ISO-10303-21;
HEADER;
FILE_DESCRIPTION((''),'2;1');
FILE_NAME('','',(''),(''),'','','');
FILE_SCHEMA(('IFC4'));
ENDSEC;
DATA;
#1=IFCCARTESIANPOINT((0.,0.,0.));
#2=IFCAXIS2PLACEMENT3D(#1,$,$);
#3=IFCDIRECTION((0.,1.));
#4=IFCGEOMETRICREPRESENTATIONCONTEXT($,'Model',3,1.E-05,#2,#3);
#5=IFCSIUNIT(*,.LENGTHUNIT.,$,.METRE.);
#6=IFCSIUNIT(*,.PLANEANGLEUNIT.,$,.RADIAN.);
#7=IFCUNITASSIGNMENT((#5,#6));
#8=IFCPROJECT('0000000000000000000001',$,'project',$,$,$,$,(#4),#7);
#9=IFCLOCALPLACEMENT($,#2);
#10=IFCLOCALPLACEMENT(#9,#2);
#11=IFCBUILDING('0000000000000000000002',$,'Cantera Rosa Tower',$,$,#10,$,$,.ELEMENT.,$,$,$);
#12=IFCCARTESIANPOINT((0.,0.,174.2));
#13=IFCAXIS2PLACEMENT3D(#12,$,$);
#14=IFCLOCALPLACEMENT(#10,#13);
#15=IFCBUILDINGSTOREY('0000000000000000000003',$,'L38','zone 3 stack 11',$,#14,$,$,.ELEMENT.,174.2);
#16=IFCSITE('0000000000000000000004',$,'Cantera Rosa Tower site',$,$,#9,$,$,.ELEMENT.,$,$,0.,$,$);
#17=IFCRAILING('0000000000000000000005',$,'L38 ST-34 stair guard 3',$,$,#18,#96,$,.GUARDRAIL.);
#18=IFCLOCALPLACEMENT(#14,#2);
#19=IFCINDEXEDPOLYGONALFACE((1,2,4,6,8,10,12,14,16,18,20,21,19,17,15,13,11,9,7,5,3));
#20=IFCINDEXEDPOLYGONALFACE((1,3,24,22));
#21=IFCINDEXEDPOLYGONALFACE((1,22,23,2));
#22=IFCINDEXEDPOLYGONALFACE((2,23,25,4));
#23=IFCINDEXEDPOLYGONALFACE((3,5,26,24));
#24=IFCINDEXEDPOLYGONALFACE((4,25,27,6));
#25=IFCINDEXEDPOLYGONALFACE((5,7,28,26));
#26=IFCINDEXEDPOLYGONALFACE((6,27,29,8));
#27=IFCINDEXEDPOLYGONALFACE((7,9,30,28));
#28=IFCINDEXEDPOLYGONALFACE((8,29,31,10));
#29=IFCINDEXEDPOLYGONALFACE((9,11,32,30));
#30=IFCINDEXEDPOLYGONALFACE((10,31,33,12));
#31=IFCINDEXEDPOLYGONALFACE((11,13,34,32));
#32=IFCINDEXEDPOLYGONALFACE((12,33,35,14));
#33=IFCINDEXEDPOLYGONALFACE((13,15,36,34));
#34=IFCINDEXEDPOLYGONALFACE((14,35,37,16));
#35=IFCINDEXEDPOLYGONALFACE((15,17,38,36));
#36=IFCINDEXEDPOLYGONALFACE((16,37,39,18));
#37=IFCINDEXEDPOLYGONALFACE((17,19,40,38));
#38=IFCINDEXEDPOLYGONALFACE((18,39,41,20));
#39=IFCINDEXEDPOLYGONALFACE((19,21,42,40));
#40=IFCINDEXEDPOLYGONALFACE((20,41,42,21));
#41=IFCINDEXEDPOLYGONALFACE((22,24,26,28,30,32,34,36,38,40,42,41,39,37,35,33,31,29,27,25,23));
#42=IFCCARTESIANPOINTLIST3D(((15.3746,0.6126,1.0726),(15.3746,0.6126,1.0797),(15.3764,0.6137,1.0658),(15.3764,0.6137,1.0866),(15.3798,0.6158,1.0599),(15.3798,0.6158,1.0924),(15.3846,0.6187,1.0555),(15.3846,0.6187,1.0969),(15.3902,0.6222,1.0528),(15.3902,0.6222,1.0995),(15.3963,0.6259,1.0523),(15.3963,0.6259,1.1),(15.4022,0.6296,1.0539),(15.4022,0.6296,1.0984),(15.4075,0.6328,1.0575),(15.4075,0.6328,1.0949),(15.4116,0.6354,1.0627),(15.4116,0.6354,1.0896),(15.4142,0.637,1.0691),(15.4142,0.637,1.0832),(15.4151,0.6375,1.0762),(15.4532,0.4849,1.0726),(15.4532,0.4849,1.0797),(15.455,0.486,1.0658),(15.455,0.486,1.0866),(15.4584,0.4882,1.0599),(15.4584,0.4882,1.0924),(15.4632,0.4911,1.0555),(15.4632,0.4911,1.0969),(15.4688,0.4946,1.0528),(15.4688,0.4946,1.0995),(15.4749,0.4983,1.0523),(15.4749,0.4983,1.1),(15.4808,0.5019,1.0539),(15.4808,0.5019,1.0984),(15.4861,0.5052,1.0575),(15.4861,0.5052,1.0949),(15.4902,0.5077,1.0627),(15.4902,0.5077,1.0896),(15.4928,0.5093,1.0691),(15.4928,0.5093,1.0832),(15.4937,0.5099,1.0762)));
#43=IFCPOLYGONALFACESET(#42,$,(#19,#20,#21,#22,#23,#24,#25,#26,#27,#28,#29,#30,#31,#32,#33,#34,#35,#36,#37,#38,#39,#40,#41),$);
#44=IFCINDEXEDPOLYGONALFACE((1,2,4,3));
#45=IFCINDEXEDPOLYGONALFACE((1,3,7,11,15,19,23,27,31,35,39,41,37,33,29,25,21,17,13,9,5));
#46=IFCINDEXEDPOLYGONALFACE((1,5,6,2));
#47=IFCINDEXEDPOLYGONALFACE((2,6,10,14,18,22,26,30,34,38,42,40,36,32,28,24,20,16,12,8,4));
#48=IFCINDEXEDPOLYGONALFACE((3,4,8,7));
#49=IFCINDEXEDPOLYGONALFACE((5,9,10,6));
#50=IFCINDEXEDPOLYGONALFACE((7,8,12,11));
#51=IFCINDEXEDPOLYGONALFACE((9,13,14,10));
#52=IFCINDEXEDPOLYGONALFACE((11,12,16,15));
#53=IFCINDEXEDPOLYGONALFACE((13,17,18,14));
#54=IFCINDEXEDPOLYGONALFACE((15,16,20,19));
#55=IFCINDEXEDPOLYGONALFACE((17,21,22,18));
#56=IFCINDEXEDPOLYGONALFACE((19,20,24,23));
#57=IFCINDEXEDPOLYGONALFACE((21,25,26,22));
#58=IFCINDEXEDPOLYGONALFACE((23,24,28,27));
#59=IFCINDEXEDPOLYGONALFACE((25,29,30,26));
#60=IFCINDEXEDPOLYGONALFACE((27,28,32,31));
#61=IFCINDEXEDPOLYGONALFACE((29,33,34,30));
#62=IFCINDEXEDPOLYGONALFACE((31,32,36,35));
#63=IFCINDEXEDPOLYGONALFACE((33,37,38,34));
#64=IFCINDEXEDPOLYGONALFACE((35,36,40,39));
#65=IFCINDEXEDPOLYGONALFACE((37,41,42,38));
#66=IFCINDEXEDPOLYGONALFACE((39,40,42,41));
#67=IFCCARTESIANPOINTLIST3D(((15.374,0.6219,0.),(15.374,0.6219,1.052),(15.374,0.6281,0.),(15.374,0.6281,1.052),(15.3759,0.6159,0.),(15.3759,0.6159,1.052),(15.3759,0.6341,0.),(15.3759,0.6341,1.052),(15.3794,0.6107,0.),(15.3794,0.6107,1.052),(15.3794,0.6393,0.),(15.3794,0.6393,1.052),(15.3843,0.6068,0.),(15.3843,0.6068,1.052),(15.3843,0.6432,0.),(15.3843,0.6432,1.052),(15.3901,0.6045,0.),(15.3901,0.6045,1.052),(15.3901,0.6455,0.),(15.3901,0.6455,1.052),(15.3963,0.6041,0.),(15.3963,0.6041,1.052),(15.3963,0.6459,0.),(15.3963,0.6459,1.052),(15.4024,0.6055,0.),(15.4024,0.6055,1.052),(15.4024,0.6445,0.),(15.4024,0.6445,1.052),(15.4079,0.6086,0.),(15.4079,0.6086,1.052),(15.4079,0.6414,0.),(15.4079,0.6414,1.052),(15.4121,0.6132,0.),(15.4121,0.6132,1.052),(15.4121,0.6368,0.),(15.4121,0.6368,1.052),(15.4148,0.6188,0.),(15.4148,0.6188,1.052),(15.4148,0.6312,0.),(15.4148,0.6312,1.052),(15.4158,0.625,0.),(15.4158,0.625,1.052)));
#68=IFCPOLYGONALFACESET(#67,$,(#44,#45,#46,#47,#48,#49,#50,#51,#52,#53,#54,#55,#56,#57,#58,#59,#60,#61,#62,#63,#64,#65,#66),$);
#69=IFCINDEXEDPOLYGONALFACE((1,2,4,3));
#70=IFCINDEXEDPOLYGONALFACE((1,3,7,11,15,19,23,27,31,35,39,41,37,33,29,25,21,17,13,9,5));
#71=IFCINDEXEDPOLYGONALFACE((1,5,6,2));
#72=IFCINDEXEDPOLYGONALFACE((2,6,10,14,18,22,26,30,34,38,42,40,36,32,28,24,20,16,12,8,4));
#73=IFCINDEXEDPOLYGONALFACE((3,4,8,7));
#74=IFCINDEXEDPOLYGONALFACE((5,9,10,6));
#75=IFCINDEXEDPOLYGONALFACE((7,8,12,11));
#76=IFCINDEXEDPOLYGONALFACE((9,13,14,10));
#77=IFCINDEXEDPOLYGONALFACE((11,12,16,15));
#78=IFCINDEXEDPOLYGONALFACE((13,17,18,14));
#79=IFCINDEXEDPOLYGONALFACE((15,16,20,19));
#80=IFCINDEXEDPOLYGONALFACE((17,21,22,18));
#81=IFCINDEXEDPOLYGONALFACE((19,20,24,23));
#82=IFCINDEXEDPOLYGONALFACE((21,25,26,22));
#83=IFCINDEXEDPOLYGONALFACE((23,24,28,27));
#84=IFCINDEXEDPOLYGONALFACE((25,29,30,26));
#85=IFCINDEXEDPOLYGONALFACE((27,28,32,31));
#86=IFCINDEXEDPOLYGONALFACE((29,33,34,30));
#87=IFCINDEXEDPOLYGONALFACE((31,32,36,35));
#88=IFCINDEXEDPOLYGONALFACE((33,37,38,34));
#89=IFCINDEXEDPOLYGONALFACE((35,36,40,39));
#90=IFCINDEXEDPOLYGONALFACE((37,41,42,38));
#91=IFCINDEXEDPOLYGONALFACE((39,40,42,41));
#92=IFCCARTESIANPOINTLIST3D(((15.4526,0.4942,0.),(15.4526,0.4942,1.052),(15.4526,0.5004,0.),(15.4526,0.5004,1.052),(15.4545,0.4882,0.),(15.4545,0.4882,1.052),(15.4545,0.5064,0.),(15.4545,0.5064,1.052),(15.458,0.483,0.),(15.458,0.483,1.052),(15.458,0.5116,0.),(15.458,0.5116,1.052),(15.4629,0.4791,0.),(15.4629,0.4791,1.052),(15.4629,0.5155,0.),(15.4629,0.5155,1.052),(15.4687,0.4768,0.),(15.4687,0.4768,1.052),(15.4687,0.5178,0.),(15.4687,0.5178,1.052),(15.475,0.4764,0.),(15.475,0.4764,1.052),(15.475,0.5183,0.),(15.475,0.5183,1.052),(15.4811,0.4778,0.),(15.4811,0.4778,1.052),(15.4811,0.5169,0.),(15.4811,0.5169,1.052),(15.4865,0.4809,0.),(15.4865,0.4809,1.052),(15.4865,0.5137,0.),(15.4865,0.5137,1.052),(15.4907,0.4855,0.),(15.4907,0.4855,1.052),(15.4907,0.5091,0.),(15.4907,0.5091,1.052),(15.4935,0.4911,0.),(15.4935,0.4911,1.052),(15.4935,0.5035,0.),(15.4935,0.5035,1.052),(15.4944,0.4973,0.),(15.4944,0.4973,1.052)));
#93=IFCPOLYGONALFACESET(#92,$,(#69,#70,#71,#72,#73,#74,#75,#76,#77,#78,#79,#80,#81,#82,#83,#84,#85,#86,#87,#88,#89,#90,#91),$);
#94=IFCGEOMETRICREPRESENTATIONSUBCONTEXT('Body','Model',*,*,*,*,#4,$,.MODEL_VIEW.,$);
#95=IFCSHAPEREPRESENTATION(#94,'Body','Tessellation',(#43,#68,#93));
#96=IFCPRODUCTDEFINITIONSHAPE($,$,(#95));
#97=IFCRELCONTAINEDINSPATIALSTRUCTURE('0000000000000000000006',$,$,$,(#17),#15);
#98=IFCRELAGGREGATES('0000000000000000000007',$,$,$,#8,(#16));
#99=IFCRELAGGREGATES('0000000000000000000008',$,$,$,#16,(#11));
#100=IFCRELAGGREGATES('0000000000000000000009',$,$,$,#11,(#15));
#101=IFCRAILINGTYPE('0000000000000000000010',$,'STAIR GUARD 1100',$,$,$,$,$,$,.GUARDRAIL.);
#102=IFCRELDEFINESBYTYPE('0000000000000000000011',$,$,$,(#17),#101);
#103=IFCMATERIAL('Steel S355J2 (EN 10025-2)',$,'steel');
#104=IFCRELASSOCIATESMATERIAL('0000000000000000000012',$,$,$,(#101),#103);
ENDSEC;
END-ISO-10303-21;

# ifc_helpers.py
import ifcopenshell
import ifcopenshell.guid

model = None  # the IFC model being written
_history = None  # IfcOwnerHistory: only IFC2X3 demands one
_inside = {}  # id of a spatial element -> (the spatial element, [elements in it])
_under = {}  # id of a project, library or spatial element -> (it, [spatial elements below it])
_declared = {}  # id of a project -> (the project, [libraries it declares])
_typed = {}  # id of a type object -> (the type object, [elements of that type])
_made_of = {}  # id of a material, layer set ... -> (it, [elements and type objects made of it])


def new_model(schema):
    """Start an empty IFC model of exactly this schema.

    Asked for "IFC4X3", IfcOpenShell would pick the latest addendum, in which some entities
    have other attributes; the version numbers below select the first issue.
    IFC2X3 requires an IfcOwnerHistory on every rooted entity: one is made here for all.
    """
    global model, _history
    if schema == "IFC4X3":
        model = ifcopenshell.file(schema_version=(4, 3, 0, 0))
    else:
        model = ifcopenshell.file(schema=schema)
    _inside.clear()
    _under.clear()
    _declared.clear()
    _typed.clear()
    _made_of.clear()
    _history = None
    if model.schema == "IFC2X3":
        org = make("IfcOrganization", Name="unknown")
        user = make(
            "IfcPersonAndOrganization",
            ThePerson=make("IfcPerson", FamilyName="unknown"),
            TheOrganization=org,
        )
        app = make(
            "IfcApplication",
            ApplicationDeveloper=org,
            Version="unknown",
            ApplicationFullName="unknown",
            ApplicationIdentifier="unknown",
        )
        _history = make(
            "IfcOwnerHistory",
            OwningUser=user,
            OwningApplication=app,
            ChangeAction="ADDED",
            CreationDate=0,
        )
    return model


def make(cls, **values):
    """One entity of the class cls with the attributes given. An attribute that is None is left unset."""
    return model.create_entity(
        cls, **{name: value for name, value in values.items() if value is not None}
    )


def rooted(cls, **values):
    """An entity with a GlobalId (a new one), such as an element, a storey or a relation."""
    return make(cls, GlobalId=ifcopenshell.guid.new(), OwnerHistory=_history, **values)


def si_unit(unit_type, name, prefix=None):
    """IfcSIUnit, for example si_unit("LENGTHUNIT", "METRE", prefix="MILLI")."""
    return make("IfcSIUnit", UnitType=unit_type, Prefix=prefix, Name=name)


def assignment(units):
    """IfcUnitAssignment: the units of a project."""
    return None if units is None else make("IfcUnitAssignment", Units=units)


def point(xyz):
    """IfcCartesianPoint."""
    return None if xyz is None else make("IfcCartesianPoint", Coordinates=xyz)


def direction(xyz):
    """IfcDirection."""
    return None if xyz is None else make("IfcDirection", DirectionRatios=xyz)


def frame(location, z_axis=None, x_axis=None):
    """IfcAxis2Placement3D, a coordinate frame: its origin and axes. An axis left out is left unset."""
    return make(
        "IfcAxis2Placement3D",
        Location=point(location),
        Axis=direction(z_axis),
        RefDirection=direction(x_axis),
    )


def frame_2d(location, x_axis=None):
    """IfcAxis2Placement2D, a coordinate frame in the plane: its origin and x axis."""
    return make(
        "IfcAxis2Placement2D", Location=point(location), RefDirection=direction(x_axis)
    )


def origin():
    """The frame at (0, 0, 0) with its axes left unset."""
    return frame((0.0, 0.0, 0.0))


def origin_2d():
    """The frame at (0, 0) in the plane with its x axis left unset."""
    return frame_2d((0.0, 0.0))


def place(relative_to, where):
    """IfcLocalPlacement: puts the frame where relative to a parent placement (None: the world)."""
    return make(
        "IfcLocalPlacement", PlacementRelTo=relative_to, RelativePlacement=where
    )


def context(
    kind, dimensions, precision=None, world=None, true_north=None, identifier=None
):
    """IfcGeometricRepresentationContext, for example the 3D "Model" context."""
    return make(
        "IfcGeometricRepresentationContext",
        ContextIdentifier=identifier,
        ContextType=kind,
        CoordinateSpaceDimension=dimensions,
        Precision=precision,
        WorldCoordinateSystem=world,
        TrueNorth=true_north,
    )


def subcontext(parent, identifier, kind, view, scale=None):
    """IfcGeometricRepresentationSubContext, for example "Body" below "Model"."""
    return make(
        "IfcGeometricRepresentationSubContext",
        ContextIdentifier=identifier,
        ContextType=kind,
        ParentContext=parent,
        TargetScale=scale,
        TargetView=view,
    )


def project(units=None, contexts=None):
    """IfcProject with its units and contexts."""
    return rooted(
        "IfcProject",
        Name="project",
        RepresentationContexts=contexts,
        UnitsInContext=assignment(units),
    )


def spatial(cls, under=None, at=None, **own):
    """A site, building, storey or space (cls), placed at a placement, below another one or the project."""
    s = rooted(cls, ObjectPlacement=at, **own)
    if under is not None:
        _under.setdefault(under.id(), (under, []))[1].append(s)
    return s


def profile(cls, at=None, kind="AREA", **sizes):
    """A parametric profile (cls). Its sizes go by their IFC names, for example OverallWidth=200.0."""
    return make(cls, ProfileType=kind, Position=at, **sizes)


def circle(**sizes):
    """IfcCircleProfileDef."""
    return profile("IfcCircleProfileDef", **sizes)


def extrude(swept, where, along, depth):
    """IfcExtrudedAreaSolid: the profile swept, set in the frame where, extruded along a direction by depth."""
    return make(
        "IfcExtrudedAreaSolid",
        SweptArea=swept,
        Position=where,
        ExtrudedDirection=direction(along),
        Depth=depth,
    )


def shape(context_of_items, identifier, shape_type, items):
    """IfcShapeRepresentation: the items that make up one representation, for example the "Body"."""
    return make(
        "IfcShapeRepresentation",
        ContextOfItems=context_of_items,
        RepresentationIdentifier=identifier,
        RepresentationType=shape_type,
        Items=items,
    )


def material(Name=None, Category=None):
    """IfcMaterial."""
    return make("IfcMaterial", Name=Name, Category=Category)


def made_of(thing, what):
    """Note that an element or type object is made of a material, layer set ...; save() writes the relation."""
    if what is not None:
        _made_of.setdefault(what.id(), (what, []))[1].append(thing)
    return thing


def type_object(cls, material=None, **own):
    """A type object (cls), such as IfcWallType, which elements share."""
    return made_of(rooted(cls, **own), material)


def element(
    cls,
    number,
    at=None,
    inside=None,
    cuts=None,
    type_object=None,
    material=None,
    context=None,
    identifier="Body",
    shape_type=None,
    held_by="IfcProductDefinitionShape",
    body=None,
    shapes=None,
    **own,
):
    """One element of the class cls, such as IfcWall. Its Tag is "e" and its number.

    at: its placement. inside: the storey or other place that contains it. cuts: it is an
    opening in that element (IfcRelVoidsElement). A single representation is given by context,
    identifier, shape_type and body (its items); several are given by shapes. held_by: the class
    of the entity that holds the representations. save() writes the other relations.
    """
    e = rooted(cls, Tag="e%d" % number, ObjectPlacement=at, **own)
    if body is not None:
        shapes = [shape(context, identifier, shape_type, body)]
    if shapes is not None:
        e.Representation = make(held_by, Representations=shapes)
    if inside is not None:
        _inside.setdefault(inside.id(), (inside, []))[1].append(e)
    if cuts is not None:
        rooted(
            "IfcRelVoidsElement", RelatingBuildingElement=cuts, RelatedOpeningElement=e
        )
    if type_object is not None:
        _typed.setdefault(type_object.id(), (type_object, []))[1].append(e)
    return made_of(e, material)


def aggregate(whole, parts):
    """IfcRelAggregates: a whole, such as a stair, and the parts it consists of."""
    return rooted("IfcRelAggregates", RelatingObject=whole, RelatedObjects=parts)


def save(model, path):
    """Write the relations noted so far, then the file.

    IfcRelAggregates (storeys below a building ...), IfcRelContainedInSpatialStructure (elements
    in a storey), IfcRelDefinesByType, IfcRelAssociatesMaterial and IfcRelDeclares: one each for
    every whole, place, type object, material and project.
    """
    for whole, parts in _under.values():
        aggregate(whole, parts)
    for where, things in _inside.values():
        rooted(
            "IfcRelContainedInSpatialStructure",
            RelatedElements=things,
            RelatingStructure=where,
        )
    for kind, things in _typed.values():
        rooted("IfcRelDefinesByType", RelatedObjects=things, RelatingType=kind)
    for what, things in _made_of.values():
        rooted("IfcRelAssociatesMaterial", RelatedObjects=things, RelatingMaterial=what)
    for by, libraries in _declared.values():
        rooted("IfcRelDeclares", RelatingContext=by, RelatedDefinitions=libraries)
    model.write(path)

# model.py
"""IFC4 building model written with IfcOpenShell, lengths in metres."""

from ifc_helpers import new_model, si_unit, direction, frame, origin, origin_2d, place, context, subcontext, project, spatial, circle, extrude, material, type_object, element, save


model = new_model("IFC4")

# Units and contexts
model_context = context("Model", 3, precision=1e-05, world=origin(), true_north=direction((0.0, 1.0)))
body_context = subcontext(model_context, "Body", "Model", "MODEL_VIEW")
ifc_project = project(units=[si_unit("LENGTHUNIT", "METRE"), si_unit("PLANEANGLEUNIT", "RADIAN")], contexts=[model_context])

# Site, building, storey
site_placement = place(None, origin())
site = spatial("IfcSite", under=ifc_project, at=site_placement, Name="Cantera Rosa Tower site", CompositionType="ELEMENT", RefElevation=0.0)
building_placement = place(site_placement, origin())
building = spatial("IfcBuilding", under=site, at=building_placement, Name="Cantera Rosa Tower", CompositionType="ELEMENT")
storey_placement = place(building_placement, frame((0.0, 0.0, 174.2)))
storey = spatial("IfcBuildingStorey", under=building, at=storey_placement, Name="L38", Description="zone 3 stack 11", CompositionType="ELEMENT", Elevation=174.2)

# Railing
ifc_material_1 = material(Name="Steel S355J2 (EN 10025-2)", Category="steel")
railing_type_1 = type_object("IfcRailingType", Name="STAIR GUARD 1100", PredefinedType="GUARDRAIL", material=ifc_material_1)
railing_1_placement = place(storey_placement, frame((15.3948, 0.625, 0.0)))
element("IfcRailing", 1, at=railing_1_placement, inside=storey, type_object=railing_type_1, Name="L38 ST-34 stair guard 3", PredefinedType="GUARDRAIL", context=body_context, shape_type="SweptSolid", body=[
    extrude(circle(Radius=0.0239, at=origin_2d()), frame((0.0, 0.0, 1.0762), z_axis=(0.524279, -0.851546, 0.0), x_axis=(0.851546, 0.524279, 0.0)), (0.0, 0.0, 1.0), 0.1499),
    extrude(circle(Radius=0.021, at=origin_2d()), origin(), (0.0, 0.0, 1.0), 1.052),
    extrude(circle(Radius=0.021, at=origin_2d()), frame((0.0786, -0.1277, 0.0)), (0.0, 0.0, 1.0), 1.052),
])

save(model, "model.ifc")
